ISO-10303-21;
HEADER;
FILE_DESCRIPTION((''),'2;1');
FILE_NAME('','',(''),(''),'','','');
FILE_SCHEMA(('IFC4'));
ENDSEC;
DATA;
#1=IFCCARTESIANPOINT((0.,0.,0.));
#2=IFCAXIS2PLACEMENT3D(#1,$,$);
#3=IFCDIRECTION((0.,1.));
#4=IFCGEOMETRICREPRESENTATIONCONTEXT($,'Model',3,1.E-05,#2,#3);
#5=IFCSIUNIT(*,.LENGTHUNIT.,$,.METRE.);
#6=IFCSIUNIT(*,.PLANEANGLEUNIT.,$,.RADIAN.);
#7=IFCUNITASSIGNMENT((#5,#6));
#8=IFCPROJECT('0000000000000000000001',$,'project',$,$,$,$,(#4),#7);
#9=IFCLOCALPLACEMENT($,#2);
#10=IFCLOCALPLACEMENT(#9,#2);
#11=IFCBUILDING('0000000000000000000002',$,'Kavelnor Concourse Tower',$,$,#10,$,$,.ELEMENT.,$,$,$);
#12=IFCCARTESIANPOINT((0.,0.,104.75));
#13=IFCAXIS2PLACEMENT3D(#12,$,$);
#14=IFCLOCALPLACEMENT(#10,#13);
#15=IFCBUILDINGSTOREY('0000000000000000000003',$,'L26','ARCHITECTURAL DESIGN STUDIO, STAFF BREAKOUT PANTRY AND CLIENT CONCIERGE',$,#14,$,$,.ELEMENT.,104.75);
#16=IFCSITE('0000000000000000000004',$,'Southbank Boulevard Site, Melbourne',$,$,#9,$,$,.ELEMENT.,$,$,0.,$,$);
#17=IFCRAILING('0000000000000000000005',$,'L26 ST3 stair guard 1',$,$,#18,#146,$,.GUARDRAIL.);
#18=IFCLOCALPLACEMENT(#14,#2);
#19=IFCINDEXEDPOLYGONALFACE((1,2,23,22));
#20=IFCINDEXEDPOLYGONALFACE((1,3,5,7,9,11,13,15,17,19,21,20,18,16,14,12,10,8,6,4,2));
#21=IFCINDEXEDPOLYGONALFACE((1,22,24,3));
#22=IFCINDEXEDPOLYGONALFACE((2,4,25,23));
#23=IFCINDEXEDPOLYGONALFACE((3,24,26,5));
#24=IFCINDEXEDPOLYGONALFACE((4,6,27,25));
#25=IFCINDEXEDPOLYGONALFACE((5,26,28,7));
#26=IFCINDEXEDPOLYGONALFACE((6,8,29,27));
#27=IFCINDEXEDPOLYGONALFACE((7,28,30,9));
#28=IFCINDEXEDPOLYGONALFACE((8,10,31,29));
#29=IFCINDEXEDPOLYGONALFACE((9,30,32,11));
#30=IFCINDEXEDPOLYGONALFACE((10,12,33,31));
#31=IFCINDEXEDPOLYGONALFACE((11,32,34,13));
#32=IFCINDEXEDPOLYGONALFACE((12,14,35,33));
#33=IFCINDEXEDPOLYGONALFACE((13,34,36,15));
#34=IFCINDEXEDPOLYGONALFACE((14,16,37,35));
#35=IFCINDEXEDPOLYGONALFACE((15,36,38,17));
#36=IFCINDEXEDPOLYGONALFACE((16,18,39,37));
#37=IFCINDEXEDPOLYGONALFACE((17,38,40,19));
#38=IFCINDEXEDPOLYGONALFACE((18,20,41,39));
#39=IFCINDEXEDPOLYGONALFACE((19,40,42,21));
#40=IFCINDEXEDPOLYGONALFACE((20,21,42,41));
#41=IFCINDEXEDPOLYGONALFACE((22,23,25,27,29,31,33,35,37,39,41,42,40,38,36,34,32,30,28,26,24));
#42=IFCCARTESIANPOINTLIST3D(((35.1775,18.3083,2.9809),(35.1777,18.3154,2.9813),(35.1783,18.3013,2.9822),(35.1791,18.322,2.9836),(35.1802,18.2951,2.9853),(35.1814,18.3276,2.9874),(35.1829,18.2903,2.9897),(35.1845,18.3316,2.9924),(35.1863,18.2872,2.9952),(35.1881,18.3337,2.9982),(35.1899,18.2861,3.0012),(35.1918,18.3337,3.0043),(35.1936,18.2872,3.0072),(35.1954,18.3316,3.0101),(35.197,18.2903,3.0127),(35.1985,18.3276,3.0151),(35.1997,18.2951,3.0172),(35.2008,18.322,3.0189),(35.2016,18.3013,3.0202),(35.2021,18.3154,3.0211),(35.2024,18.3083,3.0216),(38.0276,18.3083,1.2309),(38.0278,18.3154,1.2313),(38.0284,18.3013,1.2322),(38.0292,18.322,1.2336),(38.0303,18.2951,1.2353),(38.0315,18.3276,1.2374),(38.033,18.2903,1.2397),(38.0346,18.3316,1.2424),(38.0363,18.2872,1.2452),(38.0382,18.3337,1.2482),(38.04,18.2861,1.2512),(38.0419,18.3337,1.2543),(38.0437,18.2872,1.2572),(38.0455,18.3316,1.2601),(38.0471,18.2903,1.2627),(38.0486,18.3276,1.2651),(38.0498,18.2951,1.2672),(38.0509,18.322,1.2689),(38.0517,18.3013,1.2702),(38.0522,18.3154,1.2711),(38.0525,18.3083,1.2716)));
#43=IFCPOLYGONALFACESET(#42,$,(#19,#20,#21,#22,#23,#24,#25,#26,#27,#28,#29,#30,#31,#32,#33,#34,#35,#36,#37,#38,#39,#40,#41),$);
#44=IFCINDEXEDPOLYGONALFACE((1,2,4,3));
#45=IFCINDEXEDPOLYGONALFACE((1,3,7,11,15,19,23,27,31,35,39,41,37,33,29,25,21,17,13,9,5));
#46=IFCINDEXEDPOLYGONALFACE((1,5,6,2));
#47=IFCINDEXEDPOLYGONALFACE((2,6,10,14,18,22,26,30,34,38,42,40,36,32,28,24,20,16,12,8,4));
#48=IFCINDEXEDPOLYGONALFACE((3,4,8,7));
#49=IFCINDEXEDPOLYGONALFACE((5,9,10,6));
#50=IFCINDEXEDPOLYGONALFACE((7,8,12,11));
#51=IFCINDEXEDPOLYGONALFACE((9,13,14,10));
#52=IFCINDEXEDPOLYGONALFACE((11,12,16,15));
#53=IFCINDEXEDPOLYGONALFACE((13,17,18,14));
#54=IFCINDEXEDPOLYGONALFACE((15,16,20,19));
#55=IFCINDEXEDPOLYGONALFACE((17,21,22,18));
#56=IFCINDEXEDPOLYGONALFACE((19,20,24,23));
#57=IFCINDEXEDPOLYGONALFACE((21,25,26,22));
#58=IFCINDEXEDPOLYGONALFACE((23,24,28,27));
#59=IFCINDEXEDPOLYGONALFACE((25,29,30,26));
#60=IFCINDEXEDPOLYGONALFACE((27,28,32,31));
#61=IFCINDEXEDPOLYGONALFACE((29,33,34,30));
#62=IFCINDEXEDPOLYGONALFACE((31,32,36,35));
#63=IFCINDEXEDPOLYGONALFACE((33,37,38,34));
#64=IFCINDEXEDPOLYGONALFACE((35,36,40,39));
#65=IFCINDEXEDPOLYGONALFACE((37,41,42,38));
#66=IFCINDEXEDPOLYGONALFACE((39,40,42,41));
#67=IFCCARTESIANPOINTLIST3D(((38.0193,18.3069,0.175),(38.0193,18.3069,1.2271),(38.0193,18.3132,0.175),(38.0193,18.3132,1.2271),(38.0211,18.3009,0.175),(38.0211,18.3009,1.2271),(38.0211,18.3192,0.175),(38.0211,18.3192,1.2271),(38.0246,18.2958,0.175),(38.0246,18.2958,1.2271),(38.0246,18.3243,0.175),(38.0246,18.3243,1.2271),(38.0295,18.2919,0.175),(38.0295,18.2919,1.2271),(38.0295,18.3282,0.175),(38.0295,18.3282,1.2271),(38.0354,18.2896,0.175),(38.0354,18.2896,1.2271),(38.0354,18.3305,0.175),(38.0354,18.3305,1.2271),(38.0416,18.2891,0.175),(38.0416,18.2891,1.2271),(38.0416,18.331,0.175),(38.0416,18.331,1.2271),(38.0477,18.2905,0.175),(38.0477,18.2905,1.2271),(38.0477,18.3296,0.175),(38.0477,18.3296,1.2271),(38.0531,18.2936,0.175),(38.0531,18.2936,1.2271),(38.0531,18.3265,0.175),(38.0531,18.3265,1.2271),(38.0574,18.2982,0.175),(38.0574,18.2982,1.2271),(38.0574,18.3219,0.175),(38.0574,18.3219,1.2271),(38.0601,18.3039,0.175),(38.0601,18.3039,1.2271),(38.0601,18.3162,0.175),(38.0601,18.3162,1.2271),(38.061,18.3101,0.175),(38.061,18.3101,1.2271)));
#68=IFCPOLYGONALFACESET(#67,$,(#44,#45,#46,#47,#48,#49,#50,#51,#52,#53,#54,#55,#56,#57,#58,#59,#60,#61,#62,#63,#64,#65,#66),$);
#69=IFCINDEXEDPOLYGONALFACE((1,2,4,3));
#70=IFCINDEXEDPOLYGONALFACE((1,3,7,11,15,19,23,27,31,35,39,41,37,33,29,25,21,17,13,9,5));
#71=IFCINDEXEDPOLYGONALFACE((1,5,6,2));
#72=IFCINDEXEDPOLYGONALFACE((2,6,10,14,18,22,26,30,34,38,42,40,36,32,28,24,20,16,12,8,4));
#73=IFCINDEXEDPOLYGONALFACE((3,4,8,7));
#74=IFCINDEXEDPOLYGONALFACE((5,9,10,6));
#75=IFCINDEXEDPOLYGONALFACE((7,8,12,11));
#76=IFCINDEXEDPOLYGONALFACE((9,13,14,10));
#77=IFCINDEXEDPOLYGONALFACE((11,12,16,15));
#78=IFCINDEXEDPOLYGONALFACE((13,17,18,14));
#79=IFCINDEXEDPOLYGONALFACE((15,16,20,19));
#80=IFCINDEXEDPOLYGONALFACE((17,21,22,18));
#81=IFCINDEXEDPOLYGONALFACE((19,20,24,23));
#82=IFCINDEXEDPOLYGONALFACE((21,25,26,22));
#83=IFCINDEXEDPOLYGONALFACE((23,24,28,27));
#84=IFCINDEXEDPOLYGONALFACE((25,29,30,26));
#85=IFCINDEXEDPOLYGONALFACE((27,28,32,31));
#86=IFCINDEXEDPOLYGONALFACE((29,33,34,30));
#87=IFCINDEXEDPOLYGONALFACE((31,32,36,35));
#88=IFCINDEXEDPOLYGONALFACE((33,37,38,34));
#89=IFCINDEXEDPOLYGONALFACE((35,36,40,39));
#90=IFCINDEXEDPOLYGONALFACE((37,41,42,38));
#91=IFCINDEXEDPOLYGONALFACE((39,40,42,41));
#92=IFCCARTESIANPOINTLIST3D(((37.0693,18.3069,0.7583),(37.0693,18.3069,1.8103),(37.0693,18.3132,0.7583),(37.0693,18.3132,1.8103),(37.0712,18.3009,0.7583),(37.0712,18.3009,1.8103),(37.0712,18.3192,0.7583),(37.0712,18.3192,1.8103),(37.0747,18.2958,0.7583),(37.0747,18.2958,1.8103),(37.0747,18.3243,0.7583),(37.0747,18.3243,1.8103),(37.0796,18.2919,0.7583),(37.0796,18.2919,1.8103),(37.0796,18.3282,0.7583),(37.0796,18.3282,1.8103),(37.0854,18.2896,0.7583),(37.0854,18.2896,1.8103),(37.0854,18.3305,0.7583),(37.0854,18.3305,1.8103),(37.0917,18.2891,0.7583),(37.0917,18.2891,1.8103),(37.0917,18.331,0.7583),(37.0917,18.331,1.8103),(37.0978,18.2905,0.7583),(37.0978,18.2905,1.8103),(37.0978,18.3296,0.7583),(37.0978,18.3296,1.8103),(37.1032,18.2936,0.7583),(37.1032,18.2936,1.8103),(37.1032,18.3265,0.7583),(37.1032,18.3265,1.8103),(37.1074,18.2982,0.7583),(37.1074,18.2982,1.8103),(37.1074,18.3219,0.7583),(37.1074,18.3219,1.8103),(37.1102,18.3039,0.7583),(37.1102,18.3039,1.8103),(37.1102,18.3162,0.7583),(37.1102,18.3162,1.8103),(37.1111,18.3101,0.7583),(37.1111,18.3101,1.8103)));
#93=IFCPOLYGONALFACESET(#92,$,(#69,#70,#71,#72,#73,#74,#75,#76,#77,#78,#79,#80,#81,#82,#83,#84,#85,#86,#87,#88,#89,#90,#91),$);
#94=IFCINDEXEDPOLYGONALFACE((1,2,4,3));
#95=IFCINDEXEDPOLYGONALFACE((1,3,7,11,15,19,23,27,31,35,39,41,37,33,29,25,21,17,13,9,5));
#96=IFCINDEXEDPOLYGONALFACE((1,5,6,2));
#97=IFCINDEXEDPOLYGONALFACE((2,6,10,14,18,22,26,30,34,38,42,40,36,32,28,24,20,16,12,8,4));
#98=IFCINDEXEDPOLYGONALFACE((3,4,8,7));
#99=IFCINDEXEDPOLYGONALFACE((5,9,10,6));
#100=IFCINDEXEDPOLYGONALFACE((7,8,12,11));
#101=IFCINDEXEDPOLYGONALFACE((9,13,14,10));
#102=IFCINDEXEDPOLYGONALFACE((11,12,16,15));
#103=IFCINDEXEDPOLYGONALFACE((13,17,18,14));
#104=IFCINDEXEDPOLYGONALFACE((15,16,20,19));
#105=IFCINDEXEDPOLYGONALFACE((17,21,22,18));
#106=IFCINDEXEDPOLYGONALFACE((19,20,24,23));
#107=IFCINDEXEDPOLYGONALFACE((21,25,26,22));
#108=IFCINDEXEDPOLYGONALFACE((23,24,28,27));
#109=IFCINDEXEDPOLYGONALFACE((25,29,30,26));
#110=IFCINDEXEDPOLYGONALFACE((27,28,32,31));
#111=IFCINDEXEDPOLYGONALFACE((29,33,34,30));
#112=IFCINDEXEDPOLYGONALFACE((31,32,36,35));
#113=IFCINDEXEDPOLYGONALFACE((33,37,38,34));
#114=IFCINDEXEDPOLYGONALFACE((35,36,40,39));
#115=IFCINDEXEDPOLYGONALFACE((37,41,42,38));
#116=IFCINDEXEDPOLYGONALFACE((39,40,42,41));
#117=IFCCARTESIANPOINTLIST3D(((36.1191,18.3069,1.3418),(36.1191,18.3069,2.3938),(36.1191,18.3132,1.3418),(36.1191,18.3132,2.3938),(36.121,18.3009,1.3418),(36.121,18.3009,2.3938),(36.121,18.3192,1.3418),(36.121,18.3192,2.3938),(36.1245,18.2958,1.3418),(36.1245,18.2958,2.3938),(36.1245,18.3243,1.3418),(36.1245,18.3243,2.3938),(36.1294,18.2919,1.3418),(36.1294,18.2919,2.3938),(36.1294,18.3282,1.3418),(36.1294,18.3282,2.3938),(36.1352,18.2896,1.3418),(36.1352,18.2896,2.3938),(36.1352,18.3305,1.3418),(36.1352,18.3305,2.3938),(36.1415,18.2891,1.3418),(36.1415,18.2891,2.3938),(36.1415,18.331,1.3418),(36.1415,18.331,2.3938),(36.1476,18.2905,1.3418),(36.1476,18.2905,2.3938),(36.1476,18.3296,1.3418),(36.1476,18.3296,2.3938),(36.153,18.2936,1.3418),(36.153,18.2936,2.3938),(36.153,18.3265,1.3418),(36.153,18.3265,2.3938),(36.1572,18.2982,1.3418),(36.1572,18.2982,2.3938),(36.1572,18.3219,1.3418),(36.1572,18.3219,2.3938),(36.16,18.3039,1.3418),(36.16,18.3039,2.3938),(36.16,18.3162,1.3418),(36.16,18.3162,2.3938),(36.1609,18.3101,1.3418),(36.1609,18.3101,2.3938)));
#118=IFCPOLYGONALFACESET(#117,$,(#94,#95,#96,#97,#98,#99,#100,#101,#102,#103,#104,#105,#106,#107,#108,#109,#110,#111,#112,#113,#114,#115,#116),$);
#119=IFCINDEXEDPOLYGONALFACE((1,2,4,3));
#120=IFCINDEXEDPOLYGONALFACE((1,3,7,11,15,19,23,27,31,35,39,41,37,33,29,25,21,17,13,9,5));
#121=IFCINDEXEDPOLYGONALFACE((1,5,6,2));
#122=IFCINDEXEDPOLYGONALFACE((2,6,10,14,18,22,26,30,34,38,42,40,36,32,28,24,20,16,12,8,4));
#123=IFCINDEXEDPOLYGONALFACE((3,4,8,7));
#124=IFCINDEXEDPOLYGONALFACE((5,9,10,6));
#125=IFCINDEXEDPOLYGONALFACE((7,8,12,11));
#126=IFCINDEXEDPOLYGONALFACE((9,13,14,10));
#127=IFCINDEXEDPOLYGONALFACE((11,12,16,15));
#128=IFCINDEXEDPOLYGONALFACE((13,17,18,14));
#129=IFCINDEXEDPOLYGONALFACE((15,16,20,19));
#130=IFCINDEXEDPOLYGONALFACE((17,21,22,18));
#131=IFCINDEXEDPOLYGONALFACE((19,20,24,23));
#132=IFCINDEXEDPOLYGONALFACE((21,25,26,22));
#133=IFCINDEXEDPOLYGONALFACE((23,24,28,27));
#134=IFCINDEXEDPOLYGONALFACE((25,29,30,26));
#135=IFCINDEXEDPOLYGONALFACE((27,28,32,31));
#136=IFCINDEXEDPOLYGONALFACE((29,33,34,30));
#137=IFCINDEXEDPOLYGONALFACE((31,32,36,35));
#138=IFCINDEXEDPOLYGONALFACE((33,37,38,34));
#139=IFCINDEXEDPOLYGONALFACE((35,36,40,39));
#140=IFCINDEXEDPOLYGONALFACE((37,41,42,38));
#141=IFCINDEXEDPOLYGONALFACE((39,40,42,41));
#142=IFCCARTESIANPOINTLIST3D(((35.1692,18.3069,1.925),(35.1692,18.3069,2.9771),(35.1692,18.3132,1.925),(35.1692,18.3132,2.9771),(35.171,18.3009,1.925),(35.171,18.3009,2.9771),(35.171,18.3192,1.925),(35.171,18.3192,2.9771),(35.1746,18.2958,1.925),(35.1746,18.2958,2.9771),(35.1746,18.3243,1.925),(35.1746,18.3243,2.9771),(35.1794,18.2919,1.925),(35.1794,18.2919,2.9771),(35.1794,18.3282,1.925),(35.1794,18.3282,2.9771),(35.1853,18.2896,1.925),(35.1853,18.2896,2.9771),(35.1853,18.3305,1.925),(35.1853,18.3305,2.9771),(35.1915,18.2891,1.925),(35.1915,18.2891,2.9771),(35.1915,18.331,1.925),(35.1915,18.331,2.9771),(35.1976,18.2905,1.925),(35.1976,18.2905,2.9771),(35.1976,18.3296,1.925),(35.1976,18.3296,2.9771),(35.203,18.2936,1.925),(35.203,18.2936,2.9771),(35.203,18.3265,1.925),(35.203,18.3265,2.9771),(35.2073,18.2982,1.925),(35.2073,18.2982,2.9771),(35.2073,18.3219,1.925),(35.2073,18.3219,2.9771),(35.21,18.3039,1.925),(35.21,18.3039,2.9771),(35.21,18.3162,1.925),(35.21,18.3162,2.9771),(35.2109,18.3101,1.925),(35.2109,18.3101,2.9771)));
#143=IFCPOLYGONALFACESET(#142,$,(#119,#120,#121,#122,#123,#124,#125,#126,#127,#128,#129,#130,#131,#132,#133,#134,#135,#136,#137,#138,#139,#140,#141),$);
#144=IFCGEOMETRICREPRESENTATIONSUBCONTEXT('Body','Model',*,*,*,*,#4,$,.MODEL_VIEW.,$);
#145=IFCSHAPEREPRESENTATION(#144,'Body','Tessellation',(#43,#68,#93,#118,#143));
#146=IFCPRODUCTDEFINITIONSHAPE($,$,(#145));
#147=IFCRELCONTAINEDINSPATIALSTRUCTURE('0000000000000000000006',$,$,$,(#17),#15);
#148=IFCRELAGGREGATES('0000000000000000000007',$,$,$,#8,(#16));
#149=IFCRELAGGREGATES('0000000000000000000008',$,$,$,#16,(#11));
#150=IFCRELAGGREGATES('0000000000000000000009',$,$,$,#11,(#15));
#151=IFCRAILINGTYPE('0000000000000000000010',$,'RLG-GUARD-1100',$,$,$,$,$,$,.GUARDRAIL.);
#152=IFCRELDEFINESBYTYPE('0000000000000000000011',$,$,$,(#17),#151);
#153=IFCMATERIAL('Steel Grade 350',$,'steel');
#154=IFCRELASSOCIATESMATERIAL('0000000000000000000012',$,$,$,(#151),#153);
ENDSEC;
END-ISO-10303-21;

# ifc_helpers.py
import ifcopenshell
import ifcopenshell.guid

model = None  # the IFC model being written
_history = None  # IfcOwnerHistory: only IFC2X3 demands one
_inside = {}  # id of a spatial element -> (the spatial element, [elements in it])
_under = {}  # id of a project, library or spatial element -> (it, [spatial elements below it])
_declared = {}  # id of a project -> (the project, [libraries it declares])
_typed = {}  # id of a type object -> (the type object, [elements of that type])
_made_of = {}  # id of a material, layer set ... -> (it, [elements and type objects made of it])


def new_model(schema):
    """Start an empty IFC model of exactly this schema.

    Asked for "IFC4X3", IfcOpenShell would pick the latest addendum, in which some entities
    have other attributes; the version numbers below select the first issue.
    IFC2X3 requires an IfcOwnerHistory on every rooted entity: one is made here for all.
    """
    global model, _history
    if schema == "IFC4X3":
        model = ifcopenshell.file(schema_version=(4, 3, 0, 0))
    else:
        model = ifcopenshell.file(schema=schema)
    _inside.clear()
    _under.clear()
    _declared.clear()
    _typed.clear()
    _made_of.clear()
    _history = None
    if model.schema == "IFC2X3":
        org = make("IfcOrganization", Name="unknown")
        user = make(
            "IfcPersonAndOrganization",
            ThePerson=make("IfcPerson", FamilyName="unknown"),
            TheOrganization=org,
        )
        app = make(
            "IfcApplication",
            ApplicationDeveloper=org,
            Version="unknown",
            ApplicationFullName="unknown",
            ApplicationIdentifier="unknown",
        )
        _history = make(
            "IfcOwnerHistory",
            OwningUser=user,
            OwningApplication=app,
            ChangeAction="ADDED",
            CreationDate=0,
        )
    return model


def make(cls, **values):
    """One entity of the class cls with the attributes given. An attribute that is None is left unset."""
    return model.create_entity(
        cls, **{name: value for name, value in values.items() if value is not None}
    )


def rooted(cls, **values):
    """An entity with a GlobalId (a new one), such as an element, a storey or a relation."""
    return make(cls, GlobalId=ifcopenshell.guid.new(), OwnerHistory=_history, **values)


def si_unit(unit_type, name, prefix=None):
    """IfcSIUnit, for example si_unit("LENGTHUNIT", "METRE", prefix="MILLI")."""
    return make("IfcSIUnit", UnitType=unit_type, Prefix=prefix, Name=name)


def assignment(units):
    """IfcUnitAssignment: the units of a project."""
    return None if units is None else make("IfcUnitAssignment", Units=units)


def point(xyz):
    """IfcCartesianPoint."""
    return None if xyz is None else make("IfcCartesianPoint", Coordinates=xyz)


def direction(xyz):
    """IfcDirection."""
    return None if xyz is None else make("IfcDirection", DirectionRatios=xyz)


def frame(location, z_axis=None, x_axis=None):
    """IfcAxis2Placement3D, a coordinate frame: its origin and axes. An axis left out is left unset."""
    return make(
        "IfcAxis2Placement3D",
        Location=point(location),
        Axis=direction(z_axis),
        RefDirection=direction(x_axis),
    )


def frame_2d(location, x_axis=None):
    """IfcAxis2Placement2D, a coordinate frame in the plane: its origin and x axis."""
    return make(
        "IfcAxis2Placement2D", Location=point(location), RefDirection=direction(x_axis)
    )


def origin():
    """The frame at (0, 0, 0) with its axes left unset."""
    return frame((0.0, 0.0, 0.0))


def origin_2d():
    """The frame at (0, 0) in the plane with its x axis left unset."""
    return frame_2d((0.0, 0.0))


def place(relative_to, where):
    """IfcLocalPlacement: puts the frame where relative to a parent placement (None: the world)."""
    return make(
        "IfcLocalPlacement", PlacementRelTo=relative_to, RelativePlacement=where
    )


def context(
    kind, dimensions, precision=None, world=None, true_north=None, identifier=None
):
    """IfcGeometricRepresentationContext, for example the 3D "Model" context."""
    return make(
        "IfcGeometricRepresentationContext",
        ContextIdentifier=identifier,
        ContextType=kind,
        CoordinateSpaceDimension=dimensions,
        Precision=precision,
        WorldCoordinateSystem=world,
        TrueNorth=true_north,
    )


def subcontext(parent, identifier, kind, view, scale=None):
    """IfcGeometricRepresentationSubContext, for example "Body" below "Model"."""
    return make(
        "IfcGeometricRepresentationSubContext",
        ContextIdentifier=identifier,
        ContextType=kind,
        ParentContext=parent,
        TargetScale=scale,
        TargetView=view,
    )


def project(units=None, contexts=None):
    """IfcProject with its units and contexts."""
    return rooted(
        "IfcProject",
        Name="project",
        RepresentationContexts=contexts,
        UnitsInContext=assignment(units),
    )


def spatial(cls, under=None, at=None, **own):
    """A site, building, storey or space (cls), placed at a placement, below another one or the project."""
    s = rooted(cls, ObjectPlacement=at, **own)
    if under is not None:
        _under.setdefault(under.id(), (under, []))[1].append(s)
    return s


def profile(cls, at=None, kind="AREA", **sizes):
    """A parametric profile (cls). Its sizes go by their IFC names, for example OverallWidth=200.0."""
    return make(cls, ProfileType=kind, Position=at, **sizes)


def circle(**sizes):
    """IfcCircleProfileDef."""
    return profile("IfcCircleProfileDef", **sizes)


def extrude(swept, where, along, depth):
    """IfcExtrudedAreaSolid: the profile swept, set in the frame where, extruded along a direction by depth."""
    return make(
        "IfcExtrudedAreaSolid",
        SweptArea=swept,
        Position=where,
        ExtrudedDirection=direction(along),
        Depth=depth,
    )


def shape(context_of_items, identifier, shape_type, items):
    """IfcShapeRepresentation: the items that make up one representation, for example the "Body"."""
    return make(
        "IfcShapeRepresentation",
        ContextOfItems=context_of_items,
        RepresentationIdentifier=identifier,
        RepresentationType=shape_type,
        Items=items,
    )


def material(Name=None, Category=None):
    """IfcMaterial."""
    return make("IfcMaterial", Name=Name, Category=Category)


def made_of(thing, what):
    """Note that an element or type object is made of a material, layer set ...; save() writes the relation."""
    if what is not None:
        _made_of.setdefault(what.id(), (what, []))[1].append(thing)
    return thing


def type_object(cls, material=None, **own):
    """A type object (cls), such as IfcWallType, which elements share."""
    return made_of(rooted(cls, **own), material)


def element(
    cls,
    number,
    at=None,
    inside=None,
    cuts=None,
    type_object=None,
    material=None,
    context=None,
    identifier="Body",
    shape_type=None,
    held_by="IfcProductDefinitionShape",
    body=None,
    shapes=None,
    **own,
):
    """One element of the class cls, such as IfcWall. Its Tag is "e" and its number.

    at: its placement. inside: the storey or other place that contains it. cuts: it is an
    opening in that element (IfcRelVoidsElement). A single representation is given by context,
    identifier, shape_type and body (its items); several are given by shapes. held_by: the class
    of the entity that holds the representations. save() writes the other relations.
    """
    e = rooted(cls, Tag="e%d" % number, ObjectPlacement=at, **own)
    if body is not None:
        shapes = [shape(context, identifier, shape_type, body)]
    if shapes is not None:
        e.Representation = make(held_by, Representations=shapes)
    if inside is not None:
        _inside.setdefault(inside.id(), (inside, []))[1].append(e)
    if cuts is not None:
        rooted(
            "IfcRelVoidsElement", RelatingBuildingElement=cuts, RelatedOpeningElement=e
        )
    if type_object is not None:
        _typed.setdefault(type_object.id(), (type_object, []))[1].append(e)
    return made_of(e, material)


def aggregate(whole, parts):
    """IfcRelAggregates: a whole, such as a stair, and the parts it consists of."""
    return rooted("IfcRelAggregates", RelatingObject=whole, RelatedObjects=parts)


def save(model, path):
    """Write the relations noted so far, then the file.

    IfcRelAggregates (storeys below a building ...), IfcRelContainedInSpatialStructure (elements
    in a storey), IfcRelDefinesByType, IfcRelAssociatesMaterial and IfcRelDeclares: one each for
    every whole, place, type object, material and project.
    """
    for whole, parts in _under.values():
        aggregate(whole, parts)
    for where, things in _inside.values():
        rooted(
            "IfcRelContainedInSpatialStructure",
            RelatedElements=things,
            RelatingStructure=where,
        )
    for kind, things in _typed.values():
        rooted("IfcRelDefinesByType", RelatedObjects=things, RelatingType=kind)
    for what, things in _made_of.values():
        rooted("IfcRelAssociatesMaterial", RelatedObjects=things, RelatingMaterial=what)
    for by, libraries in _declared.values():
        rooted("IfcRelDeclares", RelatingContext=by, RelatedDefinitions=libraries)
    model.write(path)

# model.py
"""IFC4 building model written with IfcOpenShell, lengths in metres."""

from ifc_helpers import new_model, si_unit, direction, frame, origin, origin_2d, place, context, subcontext, project, spatial, circle, extrude, material, type_object, element, save


model = new_model("IFC4")

# Units and contexts
model_context = context("Model", 3, precision=1e-05, world=origin(), true_north=direction((0.0, 1.0)))
body_context = subcontext(model_context, "Body", "Model", "MODEL_VIEW")
ifc_project = project(units=[si_unit("LENGTHUNIT", "METRE"), si_unit("PLANEANGLEUNIT", "RADIAN")], contexts=[model_context])

# Site, building, storey
site_placement = place(None, origin())
site = spatial("IfcSite", under=ifc_project, at=site_placement, Name="Southbank Boulevard Site, Melbourne", CompositionType="ELEMENT", RefElevation=0.0)
building_placement = place(site_placement, origin())
building = spatial("IfcBuilding", under=site, at=building_placement, Name="Kavelnor Concourse Tower", CompositionType="ELEMENT")
storey_placement = place(building_placement, frame((0.0, 0.0, 104.75)))
storey = spatial("IfcBuildingStorey", under=building, at=storey_placement, Name="L26", Description="ARCHITECTURAL DESIGN STUDIO, STAFF BREAKOUT PANTRY AND CLIENT CONCIERGE", CompositionType="ELEMENT", Elevation=104.75)

# Shared definitions
ifc_material_1 = material(Name="Steel Grade 350", Category="steel")

# Railing
railing_type_1 = type_object("IfcRailingType", Name="RLG-GUARD-1100", PredefinedType="GUARDRAIL", material=ifc_material_1)
railing_1_placement = place(storey_placement, frame((38.04, 18.3101, 0.175)))
element("IfcRailing", 1, at=railing_1_placement, inside=storey, type_object=railing_type_1, Name="L26 ST3 stair guard 1", PredefinedType="GUARDRAIL", context=body_context, shape_type="SweptSolid", body=[
    extrude(circle(Radius=0.0239, at=origin_2d()), frame((0.0, 0.0, 1.0762), z_axis=(-0.852179, 0.0, 0.52325), x_axis=(0.0, -1.0, 0.0)), (0.0, 0.0, 1.0), 3.3445),
    extrude(circle(Radius=0.021, at=origin_2d()), origin(), (0.0, 0.0, 1.0), 1.052),
    extrude(circle(Radius=0.021, at=origin_2d()), frame((-0.95, 0.0, 0.5833)), (0.0, 0.0, 1.0), 1.052),
    extrude(circle(Radius=0.021, at=origin_2d()), frame((-1.9001, 0.0, 1.1667)), (0.0, 0.0, 1.0), 1.052),
    extrude(circle(Radius=0.021, at=origin_2d()), frame((-2.8501, 0.0, 1.75)), (0.0, 0.0, 1.0), 1.052),
])

save(model, "model.ifc")
